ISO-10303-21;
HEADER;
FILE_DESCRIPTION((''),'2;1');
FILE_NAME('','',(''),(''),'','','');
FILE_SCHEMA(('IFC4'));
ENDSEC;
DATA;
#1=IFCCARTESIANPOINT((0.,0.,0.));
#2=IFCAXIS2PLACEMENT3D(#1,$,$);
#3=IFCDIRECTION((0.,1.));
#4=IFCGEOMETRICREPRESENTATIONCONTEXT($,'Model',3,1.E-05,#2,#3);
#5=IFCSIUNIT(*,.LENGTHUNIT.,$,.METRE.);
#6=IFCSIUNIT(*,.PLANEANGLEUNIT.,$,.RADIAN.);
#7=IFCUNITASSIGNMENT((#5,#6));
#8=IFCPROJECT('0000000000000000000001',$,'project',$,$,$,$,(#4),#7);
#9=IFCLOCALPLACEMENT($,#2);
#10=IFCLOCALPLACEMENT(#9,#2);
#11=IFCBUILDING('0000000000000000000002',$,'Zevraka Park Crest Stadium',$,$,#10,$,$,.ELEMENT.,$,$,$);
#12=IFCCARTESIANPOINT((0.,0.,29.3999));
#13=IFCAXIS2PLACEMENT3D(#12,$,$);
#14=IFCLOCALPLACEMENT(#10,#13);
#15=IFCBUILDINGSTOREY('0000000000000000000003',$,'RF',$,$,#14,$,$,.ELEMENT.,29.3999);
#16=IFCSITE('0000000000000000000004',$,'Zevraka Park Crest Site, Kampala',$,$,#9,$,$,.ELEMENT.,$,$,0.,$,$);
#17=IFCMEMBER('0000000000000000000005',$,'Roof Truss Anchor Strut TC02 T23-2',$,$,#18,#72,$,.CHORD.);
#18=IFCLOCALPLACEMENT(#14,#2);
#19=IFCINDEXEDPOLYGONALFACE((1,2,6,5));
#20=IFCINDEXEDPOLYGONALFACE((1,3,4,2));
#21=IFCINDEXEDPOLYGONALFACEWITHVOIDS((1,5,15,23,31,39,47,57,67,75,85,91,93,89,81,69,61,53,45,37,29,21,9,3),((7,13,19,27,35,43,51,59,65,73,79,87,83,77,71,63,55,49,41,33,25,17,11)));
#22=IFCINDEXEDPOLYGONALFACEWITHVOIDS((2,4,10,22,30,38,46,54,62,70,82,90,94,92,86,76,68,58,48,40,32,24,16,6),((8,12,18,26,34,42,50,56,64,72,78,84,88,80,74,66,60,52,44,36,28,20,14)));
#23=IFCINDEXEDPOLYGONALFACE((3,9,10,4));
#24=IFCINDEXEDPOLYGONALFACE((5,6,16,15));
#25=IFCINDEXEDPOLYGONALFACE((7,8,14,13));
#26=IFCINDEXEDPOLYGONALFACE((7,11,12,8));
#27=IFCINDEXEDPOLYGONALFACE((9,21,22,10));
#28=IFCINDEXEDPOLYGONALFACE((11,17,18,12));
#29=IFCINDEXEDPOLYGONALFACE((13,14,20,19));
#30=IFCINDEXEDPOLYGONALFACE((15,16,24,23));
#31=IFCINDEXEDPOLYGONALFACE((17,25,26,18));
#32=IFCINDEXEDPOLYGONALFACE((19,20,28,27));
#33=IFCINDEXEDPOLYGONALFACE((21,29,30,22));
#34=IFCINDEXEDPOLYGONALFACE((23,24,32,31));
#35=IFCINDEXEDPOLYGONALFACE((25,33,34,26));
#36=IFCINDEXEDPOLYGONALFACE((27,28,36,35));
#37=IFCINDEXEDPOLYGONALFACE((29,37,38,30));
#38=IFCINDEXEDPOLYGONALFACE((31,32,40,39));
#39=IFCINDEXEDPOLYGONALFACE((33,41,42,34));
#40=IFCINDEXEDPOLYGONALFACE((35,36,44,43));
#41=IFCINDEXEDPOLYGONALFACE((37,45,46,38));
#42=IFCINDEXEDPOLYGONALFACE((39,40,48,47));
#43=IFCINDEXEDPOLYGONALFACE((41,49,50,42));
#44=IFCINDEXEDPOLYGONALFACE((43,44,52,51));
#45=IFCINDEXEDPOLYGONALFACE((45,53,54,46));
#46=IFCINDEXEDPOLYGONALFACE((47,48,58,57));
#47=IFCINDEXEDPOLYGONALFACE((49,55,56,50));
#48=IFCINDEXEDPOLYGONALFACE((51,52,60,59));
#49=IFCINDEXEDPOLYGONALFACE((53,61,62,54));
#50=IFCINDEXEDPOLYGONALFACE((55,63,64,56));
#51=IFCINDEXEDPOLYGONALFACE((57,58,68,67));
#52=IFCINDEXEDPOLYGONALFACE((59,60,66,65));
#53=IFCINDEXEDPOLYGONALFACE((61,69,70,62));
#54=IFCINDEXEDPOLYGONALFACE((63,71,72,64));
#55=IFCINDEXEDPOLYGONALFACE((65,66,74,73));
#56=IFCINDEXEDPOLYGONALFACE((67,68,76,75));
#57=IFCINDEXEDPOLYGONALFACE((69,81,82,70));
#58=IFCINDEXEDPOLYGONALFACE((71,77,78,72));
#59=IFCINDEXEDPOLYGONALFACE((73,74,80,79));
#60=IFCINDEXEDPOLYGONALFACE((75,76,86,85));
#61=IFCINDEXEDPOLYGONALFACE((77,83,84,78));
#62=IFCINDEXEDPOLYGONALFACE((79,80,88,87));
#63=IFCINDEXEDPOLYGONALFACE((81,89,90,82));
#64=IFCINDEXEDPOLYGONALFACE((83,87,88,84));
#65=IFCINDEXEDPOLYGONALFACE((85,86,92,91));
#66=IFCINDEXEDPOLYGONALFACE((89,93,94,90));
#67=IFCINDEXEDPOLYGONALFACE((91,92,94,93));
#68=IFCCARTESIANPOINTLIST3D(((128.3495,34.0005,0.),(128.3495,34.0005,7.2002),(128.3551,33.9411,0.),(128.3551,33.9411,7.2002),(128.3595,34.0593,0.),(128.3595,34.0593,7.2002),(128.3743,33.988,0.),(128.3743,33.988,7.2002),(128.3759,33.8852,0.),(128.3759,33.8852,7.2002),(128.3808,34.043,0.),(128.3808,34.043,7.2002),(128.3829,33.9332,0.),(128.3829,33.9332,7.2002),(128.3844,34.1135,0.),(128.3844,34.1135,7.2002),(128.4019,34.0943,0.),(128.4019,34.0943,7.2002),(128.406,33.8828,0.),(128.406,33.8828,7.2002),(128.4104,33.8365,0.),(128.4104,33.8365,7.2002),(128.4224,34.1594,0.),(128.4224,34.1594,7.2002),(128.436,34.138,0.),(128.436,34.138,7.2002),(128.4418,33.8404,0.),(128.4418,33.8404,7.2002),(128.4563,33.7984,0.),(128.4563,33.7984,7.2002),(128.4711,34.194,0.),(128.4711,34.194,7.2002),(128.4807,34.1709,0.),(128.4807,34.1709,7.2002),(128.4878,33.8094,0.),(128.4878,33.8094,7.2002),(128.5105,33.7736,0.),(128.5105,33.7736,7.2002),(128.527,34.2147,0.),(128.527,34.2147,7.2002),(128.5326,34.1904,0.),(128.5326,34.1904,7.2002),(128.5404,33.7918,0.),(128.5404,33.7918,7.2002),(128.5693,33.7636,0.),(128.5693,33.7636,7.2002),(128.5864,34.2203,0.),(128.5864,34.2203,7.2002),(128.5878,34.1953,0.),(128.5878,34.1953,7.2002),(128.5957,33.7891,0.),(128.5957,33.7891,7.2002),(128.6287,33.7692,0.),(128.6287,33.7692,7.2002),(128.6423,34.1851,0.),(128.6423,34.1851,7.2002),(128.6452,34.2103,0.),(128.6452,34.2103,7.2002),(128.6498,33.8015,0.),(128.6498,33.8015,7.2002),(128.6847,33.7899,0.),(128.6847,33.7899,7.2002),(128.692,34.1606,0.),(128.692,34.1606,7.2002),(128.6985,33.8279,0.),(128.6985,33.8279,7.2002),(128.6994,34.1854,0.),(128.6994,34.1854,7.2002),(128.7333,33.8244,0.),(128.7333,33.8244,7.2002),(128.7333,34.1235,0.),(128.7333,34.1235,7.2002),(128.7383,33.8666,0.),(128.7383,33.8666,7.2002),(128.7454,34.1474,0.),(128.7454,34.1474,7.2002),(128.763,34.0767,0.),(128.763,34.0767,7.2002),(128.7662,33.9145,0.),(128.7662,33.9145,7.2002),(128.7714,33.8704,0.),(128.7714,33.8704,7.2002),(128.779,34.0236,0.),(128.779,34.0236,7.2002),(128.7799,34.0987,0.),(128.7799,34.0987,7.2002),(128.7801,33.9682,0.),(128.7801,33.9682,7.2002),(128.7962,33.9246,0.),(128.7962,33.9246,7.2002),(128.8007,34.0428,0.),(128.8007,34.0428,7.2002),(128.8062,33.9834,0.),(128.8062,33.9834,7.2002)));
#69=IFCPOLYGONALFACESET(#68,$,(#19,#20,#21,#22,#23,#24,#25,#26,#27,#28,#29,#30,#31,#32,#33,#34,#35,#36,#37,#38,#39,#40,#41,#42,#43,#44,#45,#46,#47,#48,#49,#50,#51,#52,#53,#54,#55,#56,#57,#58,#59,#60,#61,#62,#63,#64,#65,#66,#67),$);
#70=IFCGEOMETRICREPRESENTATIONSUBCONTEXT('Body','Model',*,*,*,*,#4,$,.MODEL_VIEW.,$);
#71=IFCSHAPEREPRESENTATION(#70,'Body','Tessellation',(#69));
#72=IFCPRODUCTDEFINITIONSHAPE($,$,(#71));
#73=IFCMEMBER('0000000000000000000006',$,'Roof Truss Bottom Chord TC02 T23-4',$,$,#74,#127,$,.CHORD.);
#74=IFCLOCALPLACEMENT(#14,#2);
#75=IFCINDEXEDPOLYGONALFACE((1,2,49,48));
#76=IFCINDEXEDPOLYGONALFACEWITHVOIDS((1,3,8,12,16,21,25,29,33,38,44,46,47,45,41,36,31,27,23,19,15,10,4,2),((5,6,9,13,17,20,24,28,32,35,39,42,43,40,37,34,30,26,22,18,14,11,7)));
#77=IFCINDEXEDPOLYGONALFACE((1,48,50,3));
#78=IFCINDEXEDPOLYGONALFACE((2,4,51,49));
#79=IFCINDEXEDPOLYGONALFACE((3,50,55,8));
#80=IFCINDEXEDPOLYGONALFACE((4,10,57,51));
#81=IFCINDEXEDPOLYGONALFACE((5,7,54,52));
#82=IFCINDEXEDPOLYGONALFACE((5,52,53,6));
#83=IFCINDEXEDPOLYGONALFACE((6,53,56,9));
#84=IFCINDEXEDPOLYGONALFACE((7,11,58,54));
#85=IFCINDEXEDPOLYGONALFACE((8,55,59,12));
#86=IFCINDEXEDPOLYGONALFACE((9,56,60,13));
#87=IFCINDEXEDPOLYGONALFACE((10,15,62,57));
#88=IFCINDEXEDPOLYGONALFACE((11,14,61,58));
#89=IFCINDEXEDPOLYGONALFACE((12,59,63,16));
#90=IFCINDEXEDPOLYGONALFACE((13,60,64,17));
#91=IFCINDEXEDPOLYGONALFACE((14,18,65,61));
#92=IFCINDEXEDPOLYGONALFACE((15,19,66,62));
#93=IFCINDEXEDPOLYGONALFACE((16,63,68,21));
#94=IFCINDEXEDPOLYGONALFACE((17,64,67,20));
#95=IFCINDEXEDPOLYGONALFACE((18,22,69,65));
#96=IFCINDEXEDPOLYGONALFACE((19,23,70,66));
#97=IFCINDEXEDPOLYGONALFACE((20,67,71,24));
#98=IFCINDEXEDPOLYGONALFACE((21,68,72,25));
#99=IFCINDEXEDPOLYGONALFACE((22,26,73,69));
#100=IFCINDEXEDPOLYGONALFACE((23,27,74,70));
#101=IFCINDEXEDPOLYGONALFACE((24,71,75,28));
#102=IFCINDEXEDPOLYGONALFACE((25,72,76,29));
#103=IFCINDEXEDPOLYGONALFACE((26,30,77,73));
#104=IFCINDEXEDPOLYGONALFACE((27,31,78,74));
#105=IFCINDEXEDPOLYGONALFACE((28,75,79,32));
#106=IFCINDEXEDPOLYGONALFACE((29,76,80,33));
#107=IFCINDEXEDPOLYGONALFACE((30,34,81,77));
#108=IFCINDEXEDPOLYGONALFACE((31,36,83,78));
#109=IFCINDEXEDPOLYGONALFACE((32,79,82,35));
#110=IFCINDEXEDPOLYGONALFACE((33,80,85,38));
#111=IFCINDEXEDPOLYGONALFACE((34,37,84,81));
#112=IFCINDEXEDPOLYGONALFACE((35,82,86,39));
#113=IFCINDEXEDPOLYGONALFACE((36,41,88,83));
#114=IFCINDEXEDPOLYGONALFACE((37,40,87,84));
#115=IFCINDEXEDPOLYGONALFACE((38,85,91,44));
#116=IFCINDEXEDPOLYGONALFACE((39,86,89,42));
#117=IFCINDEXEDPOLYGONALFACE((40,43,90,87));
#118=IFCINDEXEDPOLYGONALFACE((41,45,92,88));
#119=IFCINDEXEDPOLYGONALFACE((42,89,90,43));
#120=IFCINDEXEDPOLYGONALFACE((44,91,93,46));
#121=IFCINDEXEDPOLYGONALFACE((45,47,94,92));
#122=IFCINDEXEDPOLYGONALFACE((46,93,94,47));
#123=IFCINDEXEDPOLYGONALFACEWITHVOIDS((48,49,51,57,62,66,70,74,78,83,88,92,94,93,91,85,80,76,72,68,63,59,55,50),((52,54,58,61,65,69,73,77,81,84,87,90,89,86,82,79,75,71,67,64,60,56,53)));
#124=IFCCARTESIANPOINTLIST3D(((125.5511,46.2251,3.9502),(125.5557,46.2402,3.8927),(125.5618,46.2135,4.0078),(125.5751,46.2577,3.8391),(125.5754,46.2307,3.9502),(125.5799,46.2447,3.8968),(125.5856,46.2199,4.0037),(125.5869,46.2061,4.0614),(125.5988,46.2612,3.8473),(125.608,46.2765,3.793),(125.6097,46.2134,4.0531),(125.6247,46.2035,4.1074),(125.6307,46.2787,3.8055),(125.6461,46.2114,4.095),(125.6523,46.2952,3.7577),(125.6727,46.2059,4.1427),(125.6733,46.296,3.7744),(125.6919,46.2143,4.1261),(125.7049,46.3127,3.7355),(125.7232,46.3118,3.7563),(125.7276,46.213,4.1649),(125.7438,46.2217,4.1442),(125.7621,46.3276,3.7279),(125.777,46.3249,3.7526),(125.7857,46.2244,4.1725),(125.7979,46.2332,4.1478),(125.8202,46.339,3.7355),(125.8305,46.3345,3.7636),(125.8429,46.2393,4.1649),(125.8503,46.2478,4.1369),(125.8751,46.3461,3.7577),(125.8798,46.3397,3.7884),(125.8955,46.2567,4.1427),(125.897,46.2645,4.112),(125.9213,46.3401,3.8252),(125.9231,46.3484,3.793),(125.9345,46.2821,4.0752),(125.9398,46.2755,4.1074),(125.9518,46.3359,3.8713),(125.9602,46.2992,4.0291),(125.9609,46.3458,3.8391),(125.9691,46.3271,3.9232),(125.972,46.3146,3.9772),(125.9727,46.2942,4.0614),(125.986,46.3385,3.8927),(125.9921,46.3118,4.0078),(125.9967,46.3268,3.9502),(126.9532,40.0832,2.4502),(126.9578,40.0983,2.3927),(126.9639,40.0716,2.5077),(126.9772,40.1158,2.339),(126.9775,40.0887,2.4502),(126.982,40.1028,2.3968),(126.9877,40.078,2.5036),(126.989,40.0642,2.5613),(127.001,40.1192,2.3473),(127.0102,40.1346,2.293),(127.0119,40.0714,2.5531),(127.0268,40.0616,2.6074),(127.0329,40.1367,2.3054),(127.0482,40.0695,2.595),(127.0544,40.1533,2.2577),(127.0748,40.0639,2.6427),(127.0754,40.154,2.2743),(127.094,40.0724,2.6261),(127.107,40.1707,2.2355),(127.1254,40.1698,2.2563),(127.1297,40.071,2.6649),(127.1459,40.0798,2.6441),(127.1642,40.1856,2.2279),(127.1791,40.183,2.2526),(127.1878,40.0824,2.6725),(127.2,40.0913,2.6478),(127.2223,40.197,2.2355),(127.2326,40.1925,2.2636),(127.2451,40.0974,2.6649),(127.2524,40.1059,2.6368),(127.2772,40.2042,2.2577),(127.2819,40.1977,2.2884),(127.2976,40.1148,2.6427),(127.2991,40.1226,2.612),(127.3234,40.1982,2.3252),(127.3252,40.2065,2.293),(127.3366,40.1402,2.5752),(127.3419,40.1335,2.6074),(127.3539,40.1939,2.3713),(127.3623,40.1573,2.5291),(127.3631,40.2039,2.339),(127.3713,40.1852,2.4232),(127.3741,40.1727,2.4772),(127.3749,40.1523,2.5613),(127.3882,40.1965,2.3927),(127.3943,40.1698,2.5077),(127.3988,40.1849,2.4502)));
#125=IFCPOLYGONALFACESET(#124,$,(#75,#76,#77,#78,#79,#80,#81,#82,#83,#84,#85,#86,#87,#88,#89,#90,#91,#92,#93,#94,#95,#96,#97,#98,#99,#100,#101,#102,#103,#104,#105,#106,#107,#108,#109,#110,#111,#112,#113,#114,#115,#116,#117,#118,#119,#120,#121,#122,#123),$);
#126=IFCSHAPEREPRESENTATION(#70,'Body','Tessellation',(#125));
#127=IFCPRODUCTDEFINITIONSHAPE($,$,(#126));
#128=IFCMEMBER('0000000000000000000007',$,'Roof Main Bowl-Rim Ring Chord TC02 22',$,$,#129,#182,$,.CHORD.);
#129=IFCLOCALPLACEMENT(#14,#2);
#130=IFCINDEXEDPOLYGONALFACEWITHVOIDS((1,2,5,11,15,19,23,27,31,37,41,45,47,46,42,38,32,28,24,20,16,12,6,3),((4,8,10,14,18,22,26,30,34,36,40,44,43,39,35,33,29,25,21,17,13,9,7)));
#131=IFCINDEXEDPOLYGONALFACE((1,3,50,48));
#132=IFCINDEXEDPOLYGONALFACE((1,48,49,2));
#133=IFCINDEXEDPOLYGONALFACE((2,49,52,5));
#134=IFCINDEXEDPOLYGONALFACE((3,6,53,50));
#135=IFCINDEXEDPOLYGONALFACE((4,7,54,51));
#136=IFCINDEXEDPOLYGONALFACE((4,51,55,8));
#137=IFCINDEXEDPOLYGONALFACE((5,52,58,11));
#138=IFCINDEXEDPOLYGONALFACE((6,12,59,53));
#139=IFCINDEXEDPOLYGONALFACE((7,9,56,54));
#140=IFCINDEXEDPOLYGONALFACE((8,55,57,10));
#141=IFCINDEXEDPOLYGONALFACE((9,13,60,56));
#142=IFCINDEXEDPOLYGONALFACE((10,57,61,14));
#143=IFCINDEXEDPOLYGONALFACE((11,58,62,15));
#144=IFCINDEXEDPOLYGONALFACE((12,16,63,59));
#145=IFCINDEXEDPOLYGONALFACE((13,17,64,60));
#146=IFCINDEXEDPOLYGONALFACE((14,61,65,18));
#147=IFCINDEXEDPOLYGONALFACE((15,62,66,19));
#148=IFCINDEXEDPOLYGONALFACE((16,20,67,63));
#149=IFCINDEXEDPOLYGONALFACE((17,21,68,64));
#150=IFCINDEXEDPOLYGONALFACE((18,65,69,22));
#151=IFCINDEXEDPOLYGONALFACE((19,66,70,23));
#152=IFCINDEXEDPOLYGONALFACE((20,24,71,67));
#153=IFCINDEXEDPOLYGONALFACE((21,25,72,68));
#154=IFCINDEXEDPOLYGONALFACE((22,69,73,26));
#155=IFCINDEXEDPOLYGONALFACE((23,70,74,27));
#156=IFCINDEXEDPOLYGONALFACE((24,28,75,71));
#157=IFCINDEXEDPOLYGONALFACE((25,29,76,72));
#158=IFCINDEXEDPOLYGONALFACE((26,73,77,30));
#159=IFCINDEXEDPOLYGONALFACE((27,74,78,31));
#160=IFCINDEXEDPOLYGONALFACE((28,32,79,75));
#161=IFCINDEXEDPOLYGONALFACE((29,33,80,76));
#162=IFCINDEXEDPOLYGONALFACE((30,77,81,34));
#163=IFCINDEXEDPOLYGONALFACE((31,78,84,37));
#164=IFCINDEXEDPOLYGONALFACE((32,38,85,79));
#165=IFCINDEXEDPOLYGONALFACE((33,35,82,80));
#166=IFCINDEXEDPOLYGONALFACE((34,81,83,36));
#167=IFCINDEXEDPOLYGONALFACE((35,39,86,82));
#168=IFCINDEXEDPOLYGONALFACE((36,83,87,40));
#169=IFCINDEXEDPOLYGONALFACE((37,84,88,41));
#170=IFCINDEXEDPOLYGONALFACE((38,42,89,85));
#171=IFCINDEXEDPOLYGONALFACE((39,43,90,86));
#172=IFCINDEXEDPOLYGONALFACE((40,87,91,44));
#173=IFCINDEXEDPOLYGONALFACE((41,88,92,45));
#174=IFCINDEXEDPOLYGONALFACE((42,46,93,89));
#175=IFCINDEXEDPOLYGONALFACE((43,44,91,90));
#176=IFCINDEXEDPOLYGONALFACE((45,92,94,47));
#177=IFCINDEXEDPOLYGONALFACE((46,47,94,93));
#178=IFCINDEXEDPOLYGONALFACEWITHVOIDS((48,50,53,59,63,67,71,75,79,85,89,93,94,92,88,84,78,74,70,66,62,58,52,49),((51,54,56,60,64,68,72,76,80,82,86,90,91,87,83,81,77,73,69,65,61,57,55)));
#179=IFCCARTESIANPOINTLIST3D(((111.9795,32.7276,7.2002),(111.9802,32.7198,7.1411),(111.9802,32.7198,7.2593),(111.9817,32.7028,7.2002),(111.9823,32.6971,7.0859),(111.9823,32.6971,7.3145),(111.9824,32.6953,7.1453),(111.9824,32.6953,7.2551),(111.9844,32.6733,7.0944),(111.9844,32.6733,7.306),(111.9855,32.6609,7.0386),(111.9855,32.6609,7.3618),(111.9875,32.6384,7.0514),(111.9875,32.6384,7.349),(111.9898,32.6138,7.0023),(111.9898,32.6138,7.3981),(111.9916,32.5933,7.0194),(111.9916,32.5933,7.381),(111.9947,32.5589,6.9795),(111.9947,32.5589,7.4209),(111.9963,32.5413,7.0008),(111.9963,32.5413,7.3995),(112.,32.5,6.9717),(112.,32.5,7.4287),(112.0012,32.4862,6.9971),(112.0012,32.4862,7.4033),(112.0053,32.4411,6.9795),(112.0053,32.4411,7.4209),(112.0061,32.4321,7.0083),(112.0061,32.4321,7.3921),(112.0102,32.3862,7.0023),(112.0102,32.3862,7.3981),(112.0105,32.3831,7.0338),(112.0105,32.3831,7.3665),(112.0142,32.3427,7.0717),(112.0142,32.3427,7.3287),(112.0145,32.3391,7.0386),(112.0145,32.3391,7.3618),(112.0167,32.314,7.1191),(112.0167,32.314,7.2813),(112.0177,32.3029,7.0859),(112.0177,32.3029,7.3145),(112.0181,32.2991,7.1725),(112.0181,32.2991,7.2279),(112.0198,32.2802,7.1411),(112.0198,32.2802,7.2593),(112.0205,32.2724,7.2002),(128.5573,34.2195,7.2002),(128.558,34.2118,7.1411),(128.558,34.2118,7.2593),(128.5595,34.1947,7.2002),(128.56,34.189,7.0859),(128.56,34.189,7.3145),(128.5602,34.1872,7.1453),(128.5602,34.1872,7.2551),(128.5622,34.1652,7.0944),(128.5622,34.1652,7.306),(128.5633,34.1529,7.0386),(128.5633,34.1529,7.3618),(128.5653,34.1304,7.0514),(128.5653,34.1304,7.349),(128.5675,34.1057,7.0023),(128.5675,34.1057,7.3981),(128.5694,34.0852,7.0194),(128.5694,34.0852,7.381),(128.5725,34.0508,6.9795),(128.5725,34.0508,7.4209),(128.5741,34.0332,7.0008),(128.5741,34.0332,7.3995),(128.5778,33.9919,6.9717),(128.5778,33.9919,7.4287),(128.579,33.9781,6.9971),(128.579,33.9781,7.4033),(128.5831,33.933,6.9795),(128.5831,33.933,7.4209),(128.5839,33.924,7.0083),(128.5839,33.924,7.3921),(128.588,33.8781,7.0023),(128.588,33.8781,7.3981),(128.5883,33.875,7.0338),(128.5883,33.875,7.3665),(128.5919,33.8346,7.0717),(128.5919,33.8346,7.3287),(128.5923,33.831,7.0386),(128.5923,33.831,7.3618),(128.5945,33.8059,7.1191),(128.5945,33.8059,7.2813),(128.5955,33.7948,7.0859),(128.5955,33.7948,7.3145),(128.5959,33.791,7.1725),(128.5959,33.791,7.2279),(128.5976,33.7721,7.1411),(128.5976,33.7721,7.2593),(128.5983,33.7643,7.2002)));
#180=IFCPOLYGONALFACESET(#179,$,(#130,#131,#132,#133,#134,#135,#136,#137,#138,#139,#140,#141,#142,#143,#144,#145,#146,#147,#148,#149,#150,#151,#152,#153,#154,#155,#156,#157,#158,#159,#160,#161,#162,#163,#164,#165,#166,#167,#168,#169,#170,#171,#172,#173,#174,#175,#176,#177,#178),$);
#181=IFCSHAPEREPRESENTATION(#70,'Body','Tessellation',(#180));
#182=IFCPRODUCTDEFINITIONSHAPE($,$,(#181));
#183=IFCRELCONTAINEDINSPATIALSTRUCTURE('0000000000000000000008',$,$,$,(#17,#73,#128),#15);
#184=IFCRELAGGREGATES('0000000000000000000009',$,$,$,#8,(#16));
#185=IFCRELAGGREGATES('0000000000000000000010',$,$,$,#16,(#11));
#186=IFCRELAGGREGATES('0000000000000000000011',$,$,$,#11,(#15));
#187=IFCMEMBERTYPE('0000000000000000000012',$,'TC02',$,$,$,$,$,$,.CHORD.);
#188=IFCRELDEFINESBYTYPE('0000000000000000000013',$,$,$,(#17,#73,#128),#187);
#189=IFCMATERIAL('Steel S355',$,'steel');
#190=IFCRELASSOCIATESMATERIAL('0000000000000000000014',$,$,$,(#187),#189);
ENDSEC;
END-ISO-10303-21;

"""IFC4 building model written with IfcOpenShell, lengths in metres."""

from ifc_helpers import new_model, si_unit, direction, frame, origin, origin_2d, place, context, subcontext, project, spatial, hollow_circle, extrude, material, material_profile, profile_set, type_object, element, save


model = new_model("IFC4")

# Units and contexts
model_context = context("Model", 3, precision=1e-05, world=origin(), true_north=direction((0.0, 1.0)))
body_context = subcontext(model_context, "Body", "Model", "MODEL_VIEW")
ifc_project = project(units=[si_unit("LENGTHUNIT", "METRE"), si_unit("PLANEANGLEUNIT", "RADIAN")], contexts=[model_context])

# Site, building, storey
site_placement = place(None, origin())
site = spatial("IfcSite", under=ifc_project, at=site_placement, Name="Zevraka Park Crest Site, Kampala", CompositionType="ELEMENT", RefElevation=0.0)
building_placement = place(site_placement, origin())
building = spatial("IfcBuilding", under=site, at=building_placement, Name="Zevraka Park Crest Stadium", CompositionType="ELEMENT")
storey_placement = place(building_placement, frame((0.0, 0.0, 29.3999)))
storey = spatial("IfcBuildingStorey", under=building, at=storey_placement, Name="RF", CompositionType="ELEMENT", Elevation=29.3999)

# Members
ifc_material_1 = material(Name="Steel S355", Category="steel")
ifc_material_profile_1 = material_profile(ifc_material_1, hollow_circle(Radius=0.2285, WallThickness=0.0249, at=origin_2d()), Name="CHS 457.0x25")
ifc_profile_set_1 = profile_set([ifc_material_profile_1], Name="Steel S355")
member_type_1 = type_object("IfcMemberType", Name="TC02", PredefinedType="CHORD", material=ifc_profile_set_1)
member_1_placement = place(storey_placement, frame((128.5779, 33.9919, 0.0), z_axis=(0.0, 0.0, 1.0), x_axis=(-0.22257, 0.974917, 0.0)))
element("IfcMember", 1, at=member_1_placement, inside=storey, type_object=member_type_1, Name="Roof Truss Anchor Strut TC02 T23-2", PredefinedType="CHORD", context=body_context, shape_type="SweptSolid", body=[
    extrude(hollow_circle(Radius=0.2285, WallThickness=0.0249, at=origin_2d()), origin(), (0.0, 0.0, 1.0), 7.2002),
])
member_2_placement = place(storey_placement, frame((127.176, 40.134, 2.4502), z_axis=(-0.216508, 0.948406, 0.231626), x_axis=(-0.974919, -0.222561, 0.0)))
element("IfcMember", 2, at=member_2_placement, inside=storey, type_object=member_type_1, Name="Roof Truss Bottom Chord TC02 T23-4", PredefinedType="CHORD", context=body_context, shape_type="SweptSolid", body=[
    extrude(hollow_circle(Radius=0.2285, WallThickness=0.0249, at=origin_2d()), origin(), (0.0, 0.0, 1.0), 6.4761),
])
member_3_placement = place(storey_placement, frame((112.0, 32.5, 7.2002), z_axis=(0.995975, 0.089634, 0.0), x_axis=(-0.089634, 0.995975, 0.0)))
element("IfcMember", 3, at=member_3_placement, inside=storey, type_object=member_type_1, Name="Roof Main Bowl-Rim Ring Chord TC02 22", PredefinedType="CHORD", context=body_context, shape_type="SweptSolid", body=[
    extrude(hollow_circle(Radius=0.2285, WallThickness=0.0249, at=origin_2d()), origin(), (0.0, 0.0, 1.0), 16.6448),
])

save(model, "model.ifc")
